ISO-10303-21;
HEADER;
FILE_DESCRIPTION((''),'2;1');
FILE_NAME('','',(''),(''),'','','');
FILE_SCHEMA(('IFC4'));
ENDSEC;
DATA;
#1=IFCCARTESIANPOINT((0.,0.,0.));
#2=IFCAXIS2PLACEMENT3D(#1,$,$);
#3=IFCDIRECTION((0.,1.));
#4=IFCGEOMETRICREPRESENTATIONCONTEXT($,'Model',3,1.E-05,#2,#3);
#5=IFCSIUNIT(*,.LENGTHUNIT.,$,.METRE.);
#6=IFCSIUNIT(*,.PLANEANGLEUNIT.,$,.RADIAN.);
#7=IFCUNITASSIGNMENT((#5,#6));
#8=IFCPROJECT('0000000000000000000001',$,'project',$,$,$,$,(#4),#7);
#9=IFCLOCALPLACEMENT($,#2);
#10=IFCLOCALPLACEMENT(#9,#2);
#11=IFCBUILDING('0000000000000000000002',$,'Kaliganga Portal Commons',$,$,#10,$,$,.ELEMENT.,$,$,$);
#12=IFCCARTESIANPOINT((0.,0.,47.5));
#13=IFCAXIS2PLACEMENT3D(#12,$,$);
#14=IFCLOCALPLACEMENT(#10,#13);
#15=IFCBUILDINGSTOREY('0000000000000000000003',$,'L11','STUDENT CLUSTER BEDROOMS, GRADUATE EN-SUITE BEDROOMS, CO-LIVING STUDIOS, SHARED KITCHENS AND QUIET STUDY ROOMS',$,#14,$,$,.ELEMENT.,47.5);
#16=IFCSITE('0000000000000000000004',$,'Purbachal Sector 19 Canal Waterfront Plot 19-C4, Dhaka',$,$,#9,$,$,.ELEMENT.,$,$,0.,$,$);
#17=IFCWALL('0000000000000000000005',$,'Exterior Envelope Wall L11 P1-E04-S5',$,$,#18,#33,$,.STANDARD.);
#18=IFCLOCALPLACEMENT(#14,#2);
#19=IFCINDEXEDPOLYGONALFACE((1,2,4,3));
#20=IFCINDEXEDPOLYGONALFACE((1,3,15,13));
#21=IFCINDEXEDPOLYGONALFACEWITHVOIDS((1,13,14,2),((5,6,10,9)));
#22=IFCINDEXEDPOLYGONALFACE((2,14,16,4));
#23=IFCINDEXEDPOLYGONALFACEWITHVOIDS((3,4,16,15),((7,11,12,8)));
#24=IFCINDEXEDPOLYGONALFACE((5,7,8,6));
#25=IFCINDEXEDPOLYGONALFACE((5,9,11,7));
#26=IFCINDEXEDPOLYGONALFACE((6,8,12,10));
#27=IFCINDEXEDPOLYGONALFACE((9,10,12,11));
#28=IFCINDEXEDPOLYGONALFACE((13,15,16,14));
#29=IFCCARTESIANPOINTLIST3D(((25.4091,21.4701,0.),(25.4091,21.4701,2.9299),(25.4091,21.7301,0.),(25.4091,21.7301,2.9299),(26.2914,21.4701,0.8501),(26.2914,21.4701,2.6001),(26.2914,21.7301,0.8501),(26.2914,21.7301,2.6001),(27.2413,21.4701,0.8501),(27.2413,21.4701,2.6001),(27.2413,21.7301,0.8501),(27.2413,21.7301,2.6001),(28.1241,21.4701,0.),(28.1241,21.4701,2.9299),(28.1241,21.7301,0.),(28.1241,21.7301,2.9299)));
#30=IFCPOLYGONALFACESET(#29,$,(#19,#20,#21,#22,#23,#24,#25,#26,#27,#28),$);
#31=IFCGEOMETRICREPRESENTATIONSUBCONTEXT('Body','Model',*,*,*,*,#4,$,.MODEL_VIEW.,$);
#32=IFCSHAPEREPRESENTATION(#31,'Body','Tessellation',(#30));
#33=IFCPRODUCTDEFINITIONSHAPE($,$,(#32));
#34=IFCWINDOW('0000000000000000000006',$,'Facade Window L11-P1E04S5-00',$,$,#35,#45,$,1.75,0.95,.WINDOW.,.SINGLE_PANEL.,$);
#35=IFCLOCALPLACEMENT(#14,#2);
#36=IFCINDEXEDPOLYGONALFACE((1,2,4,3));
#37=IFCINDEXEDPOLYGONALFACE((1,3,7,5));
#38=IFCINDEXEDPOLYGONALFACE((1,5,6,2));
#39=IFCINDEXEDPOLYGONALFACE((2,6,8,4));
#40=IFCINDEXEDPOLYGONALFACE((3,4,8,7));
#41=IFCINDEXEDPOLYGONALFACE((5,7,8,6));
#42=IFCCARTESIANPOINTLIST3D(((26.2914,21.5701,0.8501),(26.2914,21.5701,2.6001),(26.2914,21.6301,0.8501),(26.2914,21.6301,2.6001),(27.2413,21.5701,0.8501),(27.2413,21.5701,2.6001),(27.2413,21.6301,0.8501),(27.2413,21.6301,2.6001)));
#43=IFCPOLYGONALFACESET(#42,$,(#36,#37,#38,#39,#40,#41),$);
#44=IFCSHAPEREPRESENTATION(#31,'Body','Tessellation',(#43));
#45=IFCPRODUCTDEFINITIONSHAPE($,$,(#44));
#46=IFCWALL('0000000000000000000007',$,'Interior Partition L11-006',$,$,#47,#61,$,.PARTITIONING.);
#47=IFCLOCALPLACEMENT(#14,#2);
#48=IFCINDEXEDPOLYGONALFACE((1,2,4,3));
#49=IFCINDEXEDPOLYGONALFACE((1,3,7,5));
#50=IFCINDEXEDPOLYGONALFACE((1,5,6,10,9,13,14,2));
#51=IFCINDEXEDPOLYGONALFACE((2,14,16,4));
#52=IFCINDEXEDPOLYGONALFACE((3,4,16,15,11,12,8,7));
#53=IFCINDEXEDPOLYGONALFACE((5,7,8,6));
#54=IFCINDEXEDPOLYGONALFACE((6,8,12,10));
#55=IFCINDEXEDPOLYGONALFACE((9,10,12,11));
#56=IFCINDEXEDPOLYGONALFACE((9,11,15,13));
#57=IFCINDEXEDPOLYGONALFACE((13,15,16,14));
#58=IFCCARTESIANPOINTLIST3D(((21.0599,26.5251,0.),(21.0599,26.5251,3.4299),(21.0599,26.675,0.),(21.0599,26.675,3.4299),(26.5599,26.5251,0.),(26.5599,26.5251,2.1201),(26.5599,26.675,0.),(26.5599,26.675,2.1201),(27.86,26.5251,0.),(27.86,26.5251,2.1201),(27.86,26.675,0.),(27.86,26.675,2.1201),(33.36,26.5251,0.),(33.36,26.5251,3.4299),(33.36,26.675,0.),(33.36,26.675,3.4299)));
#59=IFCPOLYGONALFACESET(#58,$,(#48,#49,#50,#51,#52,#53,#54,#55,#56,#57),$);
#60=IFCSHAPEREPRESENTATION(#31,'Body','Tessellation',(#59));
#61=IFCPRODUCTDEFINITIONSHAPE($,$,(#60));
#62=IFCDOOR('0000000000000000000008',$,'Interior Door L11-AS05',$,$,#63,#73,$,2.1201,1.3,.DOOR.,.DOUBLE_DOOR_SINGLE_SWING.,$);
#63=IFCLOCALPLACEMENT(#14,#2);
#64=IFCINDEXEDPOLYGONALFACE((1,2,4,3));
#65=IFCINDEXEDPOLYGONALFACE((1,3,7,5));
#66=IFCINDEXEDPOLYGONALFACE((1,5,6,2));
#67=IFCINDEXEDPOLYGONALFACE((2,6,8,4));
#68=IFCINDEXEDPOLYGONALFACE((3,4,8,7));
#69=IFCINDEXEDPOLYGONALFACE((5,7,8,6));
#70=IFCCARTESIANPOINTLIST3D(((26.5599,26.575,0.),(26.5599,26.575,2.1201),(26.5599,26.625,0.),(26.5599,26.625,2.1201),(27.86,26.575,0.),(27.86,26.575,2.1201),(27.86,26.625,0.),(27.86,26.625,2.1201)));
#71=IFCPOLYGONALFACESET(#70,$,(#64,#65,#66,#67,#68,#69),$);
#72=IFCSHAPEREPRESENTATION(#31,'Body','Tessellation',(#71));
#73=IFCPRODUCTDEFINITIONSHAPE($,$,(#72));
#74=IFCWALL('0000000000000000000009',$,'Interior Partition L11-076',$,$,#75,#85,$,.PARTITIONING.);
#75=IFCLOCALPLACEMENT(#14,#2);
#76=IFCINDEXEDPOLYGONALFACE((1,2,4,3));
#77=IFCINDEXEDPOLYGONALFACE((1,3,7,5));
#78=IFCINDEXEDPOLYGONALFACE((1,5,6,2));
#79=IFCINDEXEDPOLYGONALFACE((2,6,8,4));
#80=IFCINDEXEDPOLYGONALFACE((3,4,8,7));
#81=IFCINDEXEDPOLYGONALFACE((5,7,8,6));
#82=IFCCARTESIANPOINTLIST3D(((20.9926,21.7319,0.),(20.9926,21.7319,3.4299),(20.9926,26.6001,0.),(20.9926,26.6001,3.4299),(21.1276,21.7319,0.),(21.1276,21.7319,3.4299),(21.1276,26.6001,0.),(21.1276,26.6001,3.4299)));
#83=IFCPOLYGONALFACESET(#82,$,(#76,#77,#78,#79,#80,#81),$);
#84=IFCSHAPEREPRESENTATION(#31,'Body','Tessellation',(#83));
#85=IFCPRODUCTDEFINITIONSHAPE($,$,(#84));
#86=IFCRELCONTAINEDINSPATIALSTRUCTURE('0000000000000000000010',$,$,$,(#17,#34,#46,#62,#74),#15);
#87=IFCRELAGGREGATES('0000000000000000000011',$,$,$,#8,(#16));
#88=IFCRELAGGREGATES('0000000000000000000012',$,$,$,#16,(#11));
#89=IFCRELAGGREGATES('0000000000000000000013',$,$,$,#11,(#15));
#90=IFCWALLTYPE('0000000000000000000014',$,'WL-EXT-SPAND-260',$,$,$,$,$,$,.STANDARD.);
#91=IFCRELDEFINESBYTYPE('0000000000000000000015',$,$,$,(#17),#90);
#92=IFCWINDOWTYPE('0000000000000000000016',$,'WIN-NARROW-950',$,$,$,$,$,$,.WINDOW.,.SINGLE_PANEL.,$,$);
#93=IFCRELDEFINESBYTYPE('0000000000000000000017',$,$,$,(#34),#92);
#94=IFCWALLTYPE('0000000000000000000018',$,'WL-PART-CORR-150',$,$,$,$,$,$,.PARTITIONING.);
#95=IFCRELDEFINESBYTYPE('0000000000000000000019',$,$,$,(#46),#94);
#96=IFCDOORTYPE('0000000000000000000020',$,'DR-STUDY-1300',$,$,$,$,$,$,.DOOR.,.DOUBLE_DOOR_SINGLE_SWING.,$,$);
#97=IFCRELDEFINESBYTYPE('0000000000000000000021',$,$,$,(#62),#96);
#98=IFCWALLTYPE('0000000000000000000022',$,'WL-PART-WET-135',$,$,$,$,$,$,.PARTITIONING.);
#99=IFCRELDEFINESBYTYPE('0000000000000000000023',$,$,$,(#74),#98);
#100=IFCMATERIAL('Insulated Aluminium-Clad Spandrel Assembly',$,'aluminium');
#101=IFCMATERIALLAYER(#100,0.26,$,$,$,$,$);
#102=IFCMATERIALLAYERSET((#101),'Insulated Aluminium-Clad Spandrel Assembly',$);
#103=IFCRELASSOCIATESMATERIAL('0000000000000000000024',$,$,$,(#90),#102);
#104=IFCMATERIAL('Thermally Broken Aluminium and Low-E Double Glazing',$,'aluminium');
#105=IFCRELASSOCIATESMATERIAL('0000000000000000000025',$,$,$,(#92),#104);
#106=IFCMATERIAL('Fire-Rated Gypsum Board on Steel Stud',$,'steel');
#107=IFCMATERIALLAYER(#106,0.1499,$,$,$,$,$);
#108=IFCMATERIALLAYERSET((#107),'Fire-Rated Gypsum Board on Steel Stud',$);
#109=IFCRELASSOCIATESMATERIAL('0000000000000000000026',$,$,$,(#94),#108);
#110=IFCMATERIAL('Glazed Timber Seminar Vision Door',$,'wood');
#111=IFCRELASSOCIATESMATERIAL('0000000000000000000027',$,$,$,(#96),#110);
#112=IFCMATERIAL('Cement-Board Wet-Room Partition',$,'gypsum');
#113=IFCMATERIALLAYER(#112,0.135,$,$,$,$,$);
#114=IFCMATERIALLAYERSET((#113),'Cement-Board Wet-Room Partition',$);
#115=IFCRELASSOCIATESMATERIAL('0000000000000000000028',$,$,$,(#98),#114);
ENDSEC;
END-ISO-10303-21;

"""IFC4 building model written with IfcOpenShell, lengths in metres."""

from ifc_helpers import new_model, si_unit, direction, frame, frame_2d, origin, place, context, subcontext, project, spatial, rectangle, extrude, material, layer, layer_set, type_object, element, fill, save


model = new_model("IFC4")

# Units and contexts
model_context = context("Model", 3, precision=1e-05, world=origin(), true_north=direction((0.0, 1.0)))
body_context = subcontext(model_context, "Body", "Model", "MODEL_VIEW")
ifc_project = project(units=[si_unit("LENGTHUNIT", "METRE"), si_unit("PLANEANGLEUNIT", "RADIAN")], contexts=[model_context])

# Site, building, storey
site_placement = place(None, origin())
site = spatial("IfcSite", under=ifc_project, at=site_placement, Name="Purbachal Sector 19 Canal Waterfront Plot 19-C4, Dhaka", CompositionType="ELEMENT", RefElevation=0.0)
building_placement = place(site_placement, origin())
building = spatial("IfcBuilding", under=site, at=building_placement, Name="Kaliganga Portal Commons", CompositionType="ELEMENT")
storey_placement = place(building_placement, frame((0.0, 0.0, 47.5)))
storey = spatial("IfcBuildingStorey", under=building, at=storey_placement, Name="L11", Description="STUDENT CLUSTER BEDROOMS, GRADUATE EN-SUITE BEDROOMS, CO-LIVING STUDIOS, SHARED KITCHENS AND QUIET STUDY ROOMS", CompositionType="ELEMENT", Elevation=47.5)

# Wall, opening, window
ifc_material_1 = material(Name="Insulated Aluminium-Clad Spandrel Assembly", Category="aluminium")
ifc_layer_1 = layer(ifc_material_1, 0.26)
ifc_layer_set_1 = layer_set([ifc_layer_1], Name="Insulated Aluminium-Clad Spandrel Assembly")
wall_type_1 = type_object("IfcWallType", Name="WL-EXT-SPAND-260", PredefinedType="STANDARD", material=ifc_layer_set_1)
ifc_material_2 = material(Name="Thermally Broken Aluminium and Low-E Double Glazing", Category="aluminium")
window_type = type_object("IfcWindowType", Name="WIN-NARROW-950", PartitioningType="SINGLE_PANEL", PredefinedType="WINDOW", material=ifc_material_2)
wall_1_placement = place(storey_placement, frame((28.124, 21.6001, 0.0), z_axis=(0.0, 0.0, 1.0), x_axis=(-1.0, 0.0, 0.0)))
wall_1 = element("IfcWall", 1, at=wall_1_placement, inside=storey, type_object=wall_type_1, Name="Exterior Envelope Wall L11 P1-E04-S5", PredefinedType="STANDARD", context=body_context, shape_type="SweptSolid", body=[
    extrude(rectangle(XDim=2.7151, YDim=0.26, at=frame_2d((1.3574, 0.0))), origin(), (0.0, 0.0, 1.0), 2.9299),
])
opening_1_placement = place(wall_1_placement, frame((0.8826, 0.0, 0.8501)))
opening_1 = element("IfcOpeningElement", 2, at=opening_1_placement, cuts=wall_1, PredefinedType="OPENING", context=body_context, shape_type="SweptSolid", body=[
    extrude(rectangle(XDim=0.95, YDim=1.75, at=frame_2d((0.4751, 0.875))), frame((0.0, 0.1401, 0.0), z_axis=(0.0, -1.0, 0.0), x_axis=(1.0, 0.0, 0.0)), (0.0, 0.0, 1.0), 0.28),
])
window_1_placement = place(opening_1_placement, origin())
window_1 = element("IfcWindow", 3, at=window_1_placement, inside=storey, type_object=window_type, Name="Facade Window L11-P1E04S5-00", OverallHeight=1.75, OverallWidth=0.95, PartitioningType="SINGLE_PANEL", PredefinedType="WINDOW", context=body_context, shape_type="SweptSolid", body=[
    extrude(rectangle(XDim=0.95, YDim=1.75, at=frame_2d((0.4751, 0.875))), frame((0.0, 0.03, 0.0), z_axis=(0.0, -1.0, 0.0), x_axis=(1.0, 0.0, 0.0)), (0.0, 0.0, 1.0), 0.0601),
])
fill(opening_1, window_1)

# Wall, opening, door
ifc_material_3 = material(Name="Fire-Rated Gypsum Board on Steel Stud", Category="steel")
ifc_layer_2 = layer(ifc_material_3, 0.1499)
ifc_layer_set_2 = layer_set([ifc_layer_2], Name="Fire-Rated Gypsum Board on Steel Stud")
wall_type_2 = type_object("IfcWallType", Name="WL-PART-CORR-150", PredefinedType="PARTITIONING", material=ifc_layer_set_2)
wall_2_placement = place(storey_placement, frame((21.0601, 26.6001, 0.0), z_axis=(0.0, 0.0, 1.0), x_axis=(1.0, 0.0, 0.0)))
wall_2 = element("IfcWall", 4, at=wall_2_placement, inside=storey, type_object=wall_type_2, Name="Interior Partition L11-006", PredefinedType="PARTITIONING", context=body_context, shape_type="SweptSolid", body=[
    extrude(rectangle(XDim=12.3, YDim=0.1499, at=frame_2d((6.1499, 0.0))), origin(), (0.0, 0.0, 1.0), 3.4299),
])
opening_2_placement = place(wall_2_placement, frame((5.5, 0.0, 0.0)))
opening_2 = element("IfcOpeningElement", 5, at=opening_2_placement, cuts=wall_2, PredefinedType="OPENING", context=body_context, shape_type="SweptSolid", body=[
    extrude(rectangle(XDim=1.3, YDim=2.1201, at=frame_2d((0.6499, 1.0601))), frame((0.0, 0.085, 0.0), z_axis=(0.0, -1.0, 0.0), x_axis=(1.0, 0.0, 0.0)), (0.0, 0.0, 1.0), 0.1699),
])
ifc_material_4 = material(Name="Glazed Timber Seminar Vision Door", Category="wood")
door_type = type_object("IfcDoorType", Name="DR-STUDY-1300", OperationType="DOUBLE_DOOR_SINGLE_SWING", PredefinedType="DOOR", material=ifc_material_4)
door_placement = place(opening_2_placement, origin())
door = element("IfcDoor", 6, at=door_placement, inside=storey, type_object=door_type, Name="Interior Door L11-AS05", OperationType="DOUBLE_DOOR_SINGLE_SWING", OverallHeight=2.1201, OverallWidth=1.3, PredefinedType="DOOR", context=body_context, shape_type="SweptSolid", body=[
    extrude(rectangle(XDim=1.3, YDim=2.1201, at=frame_2d((0.6499, 1.0601))), frame((0.0, 0.0249, 0.0), z_axis=(0.0, -1.0, 0.0), x_axis=(1.0, 0.0, 0.0)), (0.0, 0.0, 1.0), 0.05),
])
fill(opening_2, door)

# Wall
ifc_material_5 = material(Name="Cement-Board Wet-Room Partition", Category="gypsum")
ifc_layer_3 = layer(ifc_material_5, 0.135)
ifc_layer_set_3 = layer_set([ifc_layer_3], Name="Cement-Board Wet-Room Partition")
wall_type_3 = type_object("IfcWallType", Name="WL-PART-WET-135", PredefinedType="PARTITIONING", material=ifc_layer_set_3)
wall_3_placement = place(storey_placement, frame((21.0601, 21.7319, 0.0), z_axis=(0.0, 0.0, 1.0), x_axis=(0.0, 1.0, 0.0)))
element("IfcWall", 7, at=wall_3_placement, inside=storey, type_object=wall_type_3, Name="Interior Partition L11-076", PredefinedType="PARTITIONING", context=body_context, shape_type="SweptSolid", body=[
    extrude(rectangle(XDim=4.8682, YDim=0.135, at=frame_2d((2.4341, 0.0))), origin(), (0.0, 0.0, 1.0), 3.4299),
])

save(model, "model.ifc")
